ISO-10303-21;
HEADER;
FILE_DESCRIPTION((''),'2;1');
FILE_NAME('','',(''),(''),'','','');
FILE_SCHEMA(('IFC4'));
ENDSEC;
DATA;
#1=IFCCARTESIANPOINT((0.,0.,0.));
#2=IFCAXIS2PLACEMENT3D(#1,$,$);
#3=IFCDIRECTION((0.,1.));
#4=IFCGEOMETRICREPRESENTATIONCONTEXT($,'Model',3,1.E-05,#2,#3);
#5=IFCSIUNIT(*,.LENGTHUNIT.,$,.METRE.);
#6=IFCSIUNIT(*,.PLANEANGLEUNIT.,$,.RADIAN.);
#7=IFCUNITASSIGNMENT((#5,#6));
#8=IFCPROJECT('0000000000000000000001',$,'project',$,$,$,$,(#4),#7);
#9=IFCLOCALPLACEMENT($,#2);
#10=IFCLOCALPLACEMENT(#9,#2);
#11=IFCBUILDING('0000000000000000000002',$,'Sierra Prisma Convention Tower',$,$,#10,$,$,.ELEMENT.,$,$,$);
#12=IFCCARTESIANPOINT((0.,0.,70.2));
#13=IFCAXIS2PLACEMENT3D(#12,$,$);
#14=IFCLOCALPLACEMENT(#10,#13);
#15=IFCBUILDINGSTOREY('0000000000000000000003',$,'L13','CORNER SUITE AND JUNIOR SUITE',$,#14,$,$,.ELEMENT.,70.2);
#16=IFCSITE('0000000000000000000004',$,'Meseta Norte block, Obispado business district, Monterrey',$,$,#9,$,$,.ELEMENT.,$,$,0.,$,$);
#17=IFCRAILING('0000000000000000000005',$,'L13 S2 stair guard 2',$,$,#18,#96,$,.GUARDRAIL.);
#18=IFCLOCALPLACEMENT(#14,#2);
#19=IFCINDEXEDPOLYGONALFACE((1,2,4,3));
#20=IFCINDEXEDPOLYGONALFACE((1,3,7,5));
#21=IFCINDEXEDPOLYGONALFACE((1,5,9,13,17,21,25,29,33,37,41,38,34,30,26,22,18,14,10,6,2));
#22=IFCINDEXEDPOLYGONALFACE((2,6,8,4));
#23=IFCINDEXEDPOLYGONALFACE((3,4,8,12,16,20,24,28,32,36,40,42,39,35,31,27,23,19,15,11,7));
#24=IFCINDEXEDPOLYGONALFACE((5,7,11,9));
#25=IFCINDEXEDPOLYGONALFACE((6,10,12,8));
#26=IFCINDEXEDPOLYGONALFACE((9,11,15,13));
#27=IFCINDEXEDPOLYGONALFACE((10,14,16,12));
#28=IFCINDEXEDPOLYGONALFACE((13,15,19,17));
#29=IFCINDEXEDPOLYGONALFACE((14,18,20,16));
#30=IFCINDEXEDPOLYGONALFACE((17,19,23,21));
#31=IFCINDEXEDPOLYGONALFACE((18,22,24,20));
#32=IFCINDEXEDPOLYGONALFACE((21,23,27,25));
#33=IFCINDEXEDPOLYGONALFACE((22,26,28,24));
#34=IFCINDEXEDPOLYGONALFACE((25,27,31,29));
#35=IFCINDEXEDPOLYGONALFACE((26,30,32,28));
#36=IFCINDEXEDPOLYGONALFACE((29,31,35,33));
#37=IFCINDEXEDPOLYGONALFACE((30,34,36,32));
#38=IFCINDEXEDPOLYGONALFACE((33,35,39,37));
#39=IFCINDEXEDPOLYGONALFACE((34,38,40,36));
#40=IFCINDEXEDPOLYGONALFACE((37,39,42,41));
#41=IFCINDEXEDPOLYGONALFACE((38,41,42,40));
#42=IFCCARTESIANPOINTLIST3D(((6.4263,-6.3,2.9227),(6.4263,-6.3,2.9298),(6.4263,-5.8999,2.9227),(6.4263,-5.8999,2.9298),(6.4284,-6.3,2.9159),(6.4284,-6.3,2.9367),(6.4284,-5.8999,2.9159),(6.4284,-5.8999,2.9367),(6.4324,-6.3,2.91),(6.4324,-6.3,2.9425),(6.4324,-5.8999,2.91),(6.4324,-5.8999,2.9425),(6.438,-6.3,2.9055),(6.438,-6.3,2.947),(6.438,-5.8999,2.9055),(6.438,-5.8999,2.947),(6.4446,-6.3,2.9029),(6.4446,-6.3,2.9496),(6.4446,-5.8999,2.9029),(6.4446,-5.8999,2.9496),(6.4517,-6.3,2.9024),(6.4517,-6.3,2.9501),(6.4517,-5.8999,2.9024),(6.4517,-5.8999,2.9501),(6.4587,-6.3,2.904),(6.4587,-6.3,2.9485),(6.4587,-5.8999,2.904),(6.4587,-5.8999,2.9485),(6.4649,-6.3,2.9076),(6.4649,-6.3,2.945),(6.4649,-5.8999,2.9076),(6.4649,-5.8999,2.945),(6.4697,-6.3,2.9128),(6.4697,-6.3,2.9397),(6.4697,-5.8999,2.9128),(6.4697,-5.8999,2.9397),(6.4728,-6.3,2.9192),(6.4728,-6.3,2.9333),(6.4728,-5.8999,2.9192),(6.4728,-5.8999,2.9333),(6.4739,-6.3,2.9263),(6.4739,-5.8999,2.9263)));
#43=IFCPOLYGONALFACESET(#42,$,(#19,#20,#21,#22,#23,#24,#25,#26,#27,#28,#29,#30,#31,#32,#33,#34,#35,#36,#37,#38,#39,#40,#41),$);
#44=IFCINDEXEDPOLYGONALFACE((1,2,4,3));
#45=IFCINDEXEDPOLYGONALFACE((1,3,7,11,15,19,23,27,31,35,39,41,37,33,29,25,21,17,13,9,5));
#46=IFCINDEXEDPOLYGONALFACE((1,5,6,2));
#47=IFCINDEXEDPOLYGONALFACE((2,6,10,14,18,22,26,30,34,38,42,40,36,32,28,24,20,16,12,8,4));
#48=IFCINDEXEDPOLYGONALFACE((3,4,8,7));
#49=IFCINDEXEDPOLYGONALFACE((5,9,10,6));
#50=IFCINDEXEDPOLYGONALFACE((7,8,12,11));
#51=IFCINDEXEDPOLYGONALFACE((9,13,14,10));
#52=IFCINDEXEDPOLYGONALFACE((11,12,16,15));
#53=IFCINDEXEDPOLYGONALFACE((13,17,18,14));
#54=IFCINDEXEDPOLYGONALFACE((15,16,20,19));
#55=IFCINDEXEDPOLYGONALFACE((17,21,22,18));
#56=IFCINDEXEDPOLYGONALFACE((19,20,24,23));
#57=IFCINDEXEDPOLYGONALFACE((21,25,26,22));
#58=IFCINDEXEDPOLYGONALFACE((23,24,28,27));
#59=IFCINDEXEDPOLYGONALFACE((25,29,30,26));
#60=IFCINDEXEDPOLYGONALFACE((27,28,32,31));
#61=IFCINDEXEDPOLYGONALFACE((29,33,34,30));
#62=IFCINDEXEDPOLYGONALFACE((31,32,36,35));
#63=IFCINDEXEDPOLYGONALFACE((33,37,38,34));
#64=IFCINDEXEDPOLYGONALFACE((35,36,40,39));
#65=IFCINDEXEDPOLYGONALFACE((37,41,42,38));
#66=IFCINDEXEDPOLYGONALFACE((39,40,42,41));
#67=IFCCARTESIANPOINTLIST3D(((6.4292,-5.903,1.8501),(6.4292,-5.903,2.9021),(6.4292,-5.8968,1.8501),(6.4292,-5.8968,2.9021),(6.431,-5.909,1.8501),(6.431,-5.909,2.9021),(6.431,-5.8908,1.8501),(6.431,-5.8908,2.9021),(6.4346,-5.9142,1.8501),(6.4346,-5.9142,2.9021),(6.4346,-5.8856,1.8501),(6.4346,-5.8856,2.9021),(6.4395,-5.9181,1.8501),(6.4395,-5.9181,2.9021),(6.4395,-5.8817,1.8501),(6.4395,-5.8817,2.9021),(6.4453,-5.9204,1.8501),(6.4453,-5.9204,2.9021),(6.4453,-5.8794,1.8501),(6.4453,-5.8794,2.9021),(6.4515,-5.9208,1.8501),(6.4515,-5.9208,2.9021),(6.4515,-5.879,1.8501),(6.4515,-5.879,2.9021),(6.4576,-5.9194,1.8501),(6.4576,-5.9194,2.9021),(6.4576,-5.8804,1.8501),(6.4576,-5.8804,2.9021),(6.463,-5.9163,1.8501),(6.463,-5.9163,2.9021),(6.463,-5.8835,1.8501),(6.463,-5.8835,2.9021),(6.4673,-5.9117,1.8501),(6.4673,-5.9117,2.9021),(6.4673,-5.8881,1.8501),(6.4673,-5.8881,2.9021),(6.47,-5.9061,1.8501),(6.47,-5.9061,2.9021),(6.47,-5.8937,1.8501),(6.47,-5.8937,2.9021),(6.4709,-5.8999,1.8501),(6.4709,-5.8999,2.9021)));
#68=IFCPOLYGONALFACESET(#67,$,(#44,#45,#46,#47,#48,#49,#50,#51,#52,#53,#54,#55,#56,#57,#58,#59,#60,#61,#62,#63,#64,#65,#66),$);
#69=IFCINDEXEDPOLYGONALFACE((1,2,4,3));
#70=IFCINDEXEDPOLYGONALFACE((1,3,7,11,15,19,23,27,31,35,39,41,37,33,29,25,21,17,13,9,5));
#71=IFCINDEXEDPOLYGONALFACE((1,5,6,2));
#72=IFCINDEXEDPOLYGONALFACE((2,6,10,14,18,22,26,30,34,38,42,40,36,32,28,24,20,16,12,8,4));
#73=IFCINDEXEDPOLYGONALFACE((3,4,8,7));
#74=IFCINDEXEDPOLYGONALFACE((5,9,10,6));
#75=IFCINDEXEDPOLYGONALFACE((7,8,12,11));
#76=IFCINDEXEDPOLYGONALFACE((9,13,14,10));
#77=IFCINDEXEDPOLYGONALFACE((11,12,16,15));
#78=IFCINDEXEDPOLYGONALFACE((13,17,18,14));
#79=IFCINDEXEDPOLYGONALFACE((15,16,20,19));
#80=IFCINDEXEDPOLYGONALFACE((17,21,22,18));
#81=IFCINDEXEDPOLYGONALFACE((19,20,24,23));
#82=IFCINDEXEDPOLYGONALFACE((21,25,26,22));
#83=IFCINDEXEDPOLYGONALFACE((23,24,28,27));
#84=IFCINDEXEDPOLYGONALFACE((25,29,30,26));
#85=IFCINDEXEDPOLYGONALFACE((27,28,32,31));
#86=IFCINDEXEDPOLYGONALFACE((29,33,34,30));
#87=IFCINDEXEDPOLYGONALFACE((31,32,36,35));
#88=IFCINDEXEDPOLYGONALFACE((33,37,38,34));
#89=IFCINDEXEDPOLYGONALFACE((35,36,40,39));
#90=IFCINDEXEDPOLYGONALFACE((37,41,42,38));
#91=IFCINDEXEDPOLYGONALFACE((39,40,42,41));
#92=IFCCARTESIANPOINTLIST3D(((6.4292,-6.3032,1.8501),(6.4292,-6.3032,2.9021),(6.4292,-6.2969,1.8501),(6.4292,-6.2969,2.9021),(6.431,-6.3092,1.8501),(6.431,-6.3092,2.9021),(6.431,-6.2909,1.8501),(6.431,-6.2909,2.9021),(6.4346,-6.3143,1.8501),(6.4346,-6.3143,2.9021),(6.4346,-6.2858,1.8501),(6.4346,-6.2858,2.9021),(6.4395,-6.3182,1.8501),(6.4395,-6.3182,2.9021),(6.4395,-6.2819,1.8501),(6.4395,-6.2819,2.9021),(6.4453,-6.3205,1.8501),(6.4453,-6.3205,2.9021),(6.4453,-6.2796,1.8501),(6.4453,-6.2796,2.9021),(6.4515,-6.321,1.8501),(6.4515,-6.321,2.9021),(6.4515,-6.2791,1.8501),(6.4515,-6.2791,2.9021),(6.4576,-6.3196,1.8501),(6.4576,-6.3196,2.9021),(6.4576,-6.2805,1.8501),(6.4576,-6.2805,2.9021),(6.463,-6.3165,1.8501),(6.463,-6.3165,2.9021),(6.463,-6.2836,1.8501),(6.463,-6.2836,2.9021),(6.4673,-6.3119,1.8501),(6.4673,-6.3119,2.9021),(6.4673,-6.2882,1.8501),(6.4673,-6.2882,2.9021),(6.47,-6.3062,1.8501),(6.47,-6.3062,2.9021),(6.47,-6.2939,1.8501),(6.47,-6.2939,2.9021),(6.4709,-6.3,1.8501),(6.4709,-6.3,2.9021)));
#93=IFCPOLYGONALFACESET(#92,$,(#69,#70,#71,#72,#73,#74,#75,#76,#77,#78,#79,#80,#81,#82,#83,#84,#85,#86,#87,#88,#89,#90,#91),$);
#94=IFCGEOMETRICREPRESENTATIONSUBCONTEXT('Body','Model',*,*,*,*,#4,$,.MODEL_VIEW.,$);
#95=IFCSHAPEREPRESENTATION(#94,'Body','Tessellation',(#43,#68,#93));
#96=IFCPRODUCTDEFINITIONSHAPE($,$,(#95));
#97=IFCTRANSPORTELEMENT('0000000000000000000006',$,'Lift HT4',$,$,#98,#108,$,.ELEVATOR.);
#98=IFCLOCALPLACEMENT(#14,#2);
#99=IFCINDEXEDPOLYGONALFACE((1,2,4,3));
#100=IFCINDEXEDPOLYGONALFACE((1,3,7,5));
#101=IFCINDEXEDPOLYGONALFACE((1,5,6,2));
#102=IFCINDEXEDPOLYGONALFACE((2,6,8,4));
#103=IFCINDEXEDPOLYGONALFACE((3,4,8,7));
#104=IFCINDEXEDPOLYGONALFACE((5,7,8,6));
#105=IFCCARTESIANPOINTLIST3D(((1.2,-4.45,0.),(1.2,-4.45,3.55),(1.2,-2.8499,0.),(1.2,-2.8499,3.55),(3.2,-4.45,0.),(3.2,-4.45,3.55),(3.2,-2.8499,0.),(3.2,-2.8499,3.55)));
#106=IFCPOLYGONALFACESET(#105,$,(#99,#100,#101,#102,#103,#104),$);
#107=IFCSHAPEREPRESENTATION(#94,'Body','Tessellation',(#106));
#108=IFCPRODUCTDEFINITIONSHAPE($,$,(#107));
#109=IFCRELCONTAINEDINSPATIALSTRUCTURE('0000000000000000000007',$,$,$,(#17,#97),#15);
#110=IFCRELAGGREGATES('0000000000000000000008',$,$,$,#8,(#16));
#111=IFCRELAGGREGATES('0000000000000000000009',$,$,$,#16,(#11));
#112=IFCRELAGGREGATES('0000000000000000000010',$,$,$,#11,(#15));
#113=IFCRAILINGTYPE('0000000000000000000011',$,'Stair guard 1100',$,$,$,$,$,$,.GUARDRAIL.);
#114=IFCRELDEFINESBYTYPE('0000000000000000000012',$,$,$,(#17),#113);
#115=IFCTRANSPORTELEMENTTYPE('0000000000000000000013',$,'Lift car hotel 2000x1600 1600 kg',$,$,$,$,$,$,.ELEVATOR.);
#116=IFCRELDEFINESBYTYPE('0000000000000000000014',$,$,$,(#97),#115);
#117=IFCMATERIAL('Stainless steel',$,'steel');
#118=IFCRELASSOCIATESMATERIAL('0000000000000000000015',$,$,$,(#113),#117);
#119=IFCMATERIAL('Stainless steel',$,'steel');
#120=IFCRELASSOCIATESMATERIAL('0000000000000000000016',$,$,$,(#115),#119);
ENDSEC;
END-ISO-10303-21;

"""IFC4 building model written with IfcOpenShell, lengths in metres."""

from ifc_helpers import new_model, si_unit, direction, frame, origin, origin_2d, place, context, subcontext, project, spatial, rectangle, circle, extrude, material, type_object, element, save


model = new_model("IFC4")

# Units and contexts
model_context = context("Model", 3, precision=1e-05, world=origin(), true_north=direction((0.0, 1.0)))
body_context = subcontext(model_context, "Body", "Model", "MODEL_VIEW")
ifc_project = project(units=[si_unit("LENGTHUNIT", "METRE"), si_unit("PLANEANGLEUNIT", "RADIAN")], contexts=[model_context])

# Site, building, storey
site_placement = place(None, origin())
site = spatial("IfcSite", under=ifc_project, at=site_placement, Name="Meseta Norte block, Obispado business district, Monterrey", CompositionType="ELEMENT", RefElevation=0.0)
building_placement = place(site_placement, origin())
building = spatial("IfcBuilding", under=site, at=building_placement, Name="Sierra Prisma Convention Tower", CompositionType="ELEMENT")
storey_placement = place(building_placement, frame((0.0, 0.0, 70.2)))
storey = spatial("IfcBuildingStorey", under=building, at=storey_placement, Name="L13", Description="CORNER SUITE AND JUNIOR SUITE", CompositionType="ELEMENT", Elevation=70.2)

# Railing
ifc_material_1 = material(Name="Stainless steel", Category="steel")
railing_type_1 = type_object("IfcRailingType", Name="Stair guard 1100", PredefinedType="GUARDRAIL", material=ifc_material_1)
railing_1_placement = place(storey_placement, frame((6.45, -5.8999, 1.8501)))
element("IfcRailing", 1, at=railing_1_placement, inside=storey, type_object=railing_type_1, Name="L13 S2 stair guard 2", PredefinedType="GUARDRAIL", context=body_context, shape_type="SweptSolid", body=[
    extrude(circle(Radius=0.0239, at=origin_2d()), frame((0.0, 0.0, 1.0762), z_axis=(0.0, -1.0, 0.0), x_axis=(1.0, 0.0, 0.0)), (0.0, 0.0, 1.0), 0.4001),
    extrude(circle(Radius=0.021, at=origin_2d()), origin(), (0.0, 0.0, 1.0), 1.052),
    extrude(circle(Radius=0.021, at=origin_2d()), frame((0.0, -0.4001, 0.0)), (0.0, 0.0, 1.0), 1.052),
])

# Transport element
ifc_material_2 = material(Name="Stainless steel", Category="steel")
transport_element_type = type_object("IfcTransportElementType", Name="Lift car hotel 2000x1600 1600 kg", PredefinedType="ELEVATOR", material=ifc_material_2)
transport_element_placement = place(storey_placement, frame((2.2, -3.6499, 0.0), z_axis=(0.0, 0.0, 1.0), x_axis=(1.0, 0.0, 0.0)))
element("IfcTransportElement", 2, at=transport_element_placement, inside=storey, type_object=transport_element_type, Name="Lift HT4", PredefinedType="ELEVATOR", context=body_context, shape_type="SweptSolid", body=[
    extrude(rectangle(XDim=2.0, YDim=1.6001, at=origin_2d()), origin(), (0.0, 0.0, 1.0), 3.55),
])

save(model, "model.ifc")
